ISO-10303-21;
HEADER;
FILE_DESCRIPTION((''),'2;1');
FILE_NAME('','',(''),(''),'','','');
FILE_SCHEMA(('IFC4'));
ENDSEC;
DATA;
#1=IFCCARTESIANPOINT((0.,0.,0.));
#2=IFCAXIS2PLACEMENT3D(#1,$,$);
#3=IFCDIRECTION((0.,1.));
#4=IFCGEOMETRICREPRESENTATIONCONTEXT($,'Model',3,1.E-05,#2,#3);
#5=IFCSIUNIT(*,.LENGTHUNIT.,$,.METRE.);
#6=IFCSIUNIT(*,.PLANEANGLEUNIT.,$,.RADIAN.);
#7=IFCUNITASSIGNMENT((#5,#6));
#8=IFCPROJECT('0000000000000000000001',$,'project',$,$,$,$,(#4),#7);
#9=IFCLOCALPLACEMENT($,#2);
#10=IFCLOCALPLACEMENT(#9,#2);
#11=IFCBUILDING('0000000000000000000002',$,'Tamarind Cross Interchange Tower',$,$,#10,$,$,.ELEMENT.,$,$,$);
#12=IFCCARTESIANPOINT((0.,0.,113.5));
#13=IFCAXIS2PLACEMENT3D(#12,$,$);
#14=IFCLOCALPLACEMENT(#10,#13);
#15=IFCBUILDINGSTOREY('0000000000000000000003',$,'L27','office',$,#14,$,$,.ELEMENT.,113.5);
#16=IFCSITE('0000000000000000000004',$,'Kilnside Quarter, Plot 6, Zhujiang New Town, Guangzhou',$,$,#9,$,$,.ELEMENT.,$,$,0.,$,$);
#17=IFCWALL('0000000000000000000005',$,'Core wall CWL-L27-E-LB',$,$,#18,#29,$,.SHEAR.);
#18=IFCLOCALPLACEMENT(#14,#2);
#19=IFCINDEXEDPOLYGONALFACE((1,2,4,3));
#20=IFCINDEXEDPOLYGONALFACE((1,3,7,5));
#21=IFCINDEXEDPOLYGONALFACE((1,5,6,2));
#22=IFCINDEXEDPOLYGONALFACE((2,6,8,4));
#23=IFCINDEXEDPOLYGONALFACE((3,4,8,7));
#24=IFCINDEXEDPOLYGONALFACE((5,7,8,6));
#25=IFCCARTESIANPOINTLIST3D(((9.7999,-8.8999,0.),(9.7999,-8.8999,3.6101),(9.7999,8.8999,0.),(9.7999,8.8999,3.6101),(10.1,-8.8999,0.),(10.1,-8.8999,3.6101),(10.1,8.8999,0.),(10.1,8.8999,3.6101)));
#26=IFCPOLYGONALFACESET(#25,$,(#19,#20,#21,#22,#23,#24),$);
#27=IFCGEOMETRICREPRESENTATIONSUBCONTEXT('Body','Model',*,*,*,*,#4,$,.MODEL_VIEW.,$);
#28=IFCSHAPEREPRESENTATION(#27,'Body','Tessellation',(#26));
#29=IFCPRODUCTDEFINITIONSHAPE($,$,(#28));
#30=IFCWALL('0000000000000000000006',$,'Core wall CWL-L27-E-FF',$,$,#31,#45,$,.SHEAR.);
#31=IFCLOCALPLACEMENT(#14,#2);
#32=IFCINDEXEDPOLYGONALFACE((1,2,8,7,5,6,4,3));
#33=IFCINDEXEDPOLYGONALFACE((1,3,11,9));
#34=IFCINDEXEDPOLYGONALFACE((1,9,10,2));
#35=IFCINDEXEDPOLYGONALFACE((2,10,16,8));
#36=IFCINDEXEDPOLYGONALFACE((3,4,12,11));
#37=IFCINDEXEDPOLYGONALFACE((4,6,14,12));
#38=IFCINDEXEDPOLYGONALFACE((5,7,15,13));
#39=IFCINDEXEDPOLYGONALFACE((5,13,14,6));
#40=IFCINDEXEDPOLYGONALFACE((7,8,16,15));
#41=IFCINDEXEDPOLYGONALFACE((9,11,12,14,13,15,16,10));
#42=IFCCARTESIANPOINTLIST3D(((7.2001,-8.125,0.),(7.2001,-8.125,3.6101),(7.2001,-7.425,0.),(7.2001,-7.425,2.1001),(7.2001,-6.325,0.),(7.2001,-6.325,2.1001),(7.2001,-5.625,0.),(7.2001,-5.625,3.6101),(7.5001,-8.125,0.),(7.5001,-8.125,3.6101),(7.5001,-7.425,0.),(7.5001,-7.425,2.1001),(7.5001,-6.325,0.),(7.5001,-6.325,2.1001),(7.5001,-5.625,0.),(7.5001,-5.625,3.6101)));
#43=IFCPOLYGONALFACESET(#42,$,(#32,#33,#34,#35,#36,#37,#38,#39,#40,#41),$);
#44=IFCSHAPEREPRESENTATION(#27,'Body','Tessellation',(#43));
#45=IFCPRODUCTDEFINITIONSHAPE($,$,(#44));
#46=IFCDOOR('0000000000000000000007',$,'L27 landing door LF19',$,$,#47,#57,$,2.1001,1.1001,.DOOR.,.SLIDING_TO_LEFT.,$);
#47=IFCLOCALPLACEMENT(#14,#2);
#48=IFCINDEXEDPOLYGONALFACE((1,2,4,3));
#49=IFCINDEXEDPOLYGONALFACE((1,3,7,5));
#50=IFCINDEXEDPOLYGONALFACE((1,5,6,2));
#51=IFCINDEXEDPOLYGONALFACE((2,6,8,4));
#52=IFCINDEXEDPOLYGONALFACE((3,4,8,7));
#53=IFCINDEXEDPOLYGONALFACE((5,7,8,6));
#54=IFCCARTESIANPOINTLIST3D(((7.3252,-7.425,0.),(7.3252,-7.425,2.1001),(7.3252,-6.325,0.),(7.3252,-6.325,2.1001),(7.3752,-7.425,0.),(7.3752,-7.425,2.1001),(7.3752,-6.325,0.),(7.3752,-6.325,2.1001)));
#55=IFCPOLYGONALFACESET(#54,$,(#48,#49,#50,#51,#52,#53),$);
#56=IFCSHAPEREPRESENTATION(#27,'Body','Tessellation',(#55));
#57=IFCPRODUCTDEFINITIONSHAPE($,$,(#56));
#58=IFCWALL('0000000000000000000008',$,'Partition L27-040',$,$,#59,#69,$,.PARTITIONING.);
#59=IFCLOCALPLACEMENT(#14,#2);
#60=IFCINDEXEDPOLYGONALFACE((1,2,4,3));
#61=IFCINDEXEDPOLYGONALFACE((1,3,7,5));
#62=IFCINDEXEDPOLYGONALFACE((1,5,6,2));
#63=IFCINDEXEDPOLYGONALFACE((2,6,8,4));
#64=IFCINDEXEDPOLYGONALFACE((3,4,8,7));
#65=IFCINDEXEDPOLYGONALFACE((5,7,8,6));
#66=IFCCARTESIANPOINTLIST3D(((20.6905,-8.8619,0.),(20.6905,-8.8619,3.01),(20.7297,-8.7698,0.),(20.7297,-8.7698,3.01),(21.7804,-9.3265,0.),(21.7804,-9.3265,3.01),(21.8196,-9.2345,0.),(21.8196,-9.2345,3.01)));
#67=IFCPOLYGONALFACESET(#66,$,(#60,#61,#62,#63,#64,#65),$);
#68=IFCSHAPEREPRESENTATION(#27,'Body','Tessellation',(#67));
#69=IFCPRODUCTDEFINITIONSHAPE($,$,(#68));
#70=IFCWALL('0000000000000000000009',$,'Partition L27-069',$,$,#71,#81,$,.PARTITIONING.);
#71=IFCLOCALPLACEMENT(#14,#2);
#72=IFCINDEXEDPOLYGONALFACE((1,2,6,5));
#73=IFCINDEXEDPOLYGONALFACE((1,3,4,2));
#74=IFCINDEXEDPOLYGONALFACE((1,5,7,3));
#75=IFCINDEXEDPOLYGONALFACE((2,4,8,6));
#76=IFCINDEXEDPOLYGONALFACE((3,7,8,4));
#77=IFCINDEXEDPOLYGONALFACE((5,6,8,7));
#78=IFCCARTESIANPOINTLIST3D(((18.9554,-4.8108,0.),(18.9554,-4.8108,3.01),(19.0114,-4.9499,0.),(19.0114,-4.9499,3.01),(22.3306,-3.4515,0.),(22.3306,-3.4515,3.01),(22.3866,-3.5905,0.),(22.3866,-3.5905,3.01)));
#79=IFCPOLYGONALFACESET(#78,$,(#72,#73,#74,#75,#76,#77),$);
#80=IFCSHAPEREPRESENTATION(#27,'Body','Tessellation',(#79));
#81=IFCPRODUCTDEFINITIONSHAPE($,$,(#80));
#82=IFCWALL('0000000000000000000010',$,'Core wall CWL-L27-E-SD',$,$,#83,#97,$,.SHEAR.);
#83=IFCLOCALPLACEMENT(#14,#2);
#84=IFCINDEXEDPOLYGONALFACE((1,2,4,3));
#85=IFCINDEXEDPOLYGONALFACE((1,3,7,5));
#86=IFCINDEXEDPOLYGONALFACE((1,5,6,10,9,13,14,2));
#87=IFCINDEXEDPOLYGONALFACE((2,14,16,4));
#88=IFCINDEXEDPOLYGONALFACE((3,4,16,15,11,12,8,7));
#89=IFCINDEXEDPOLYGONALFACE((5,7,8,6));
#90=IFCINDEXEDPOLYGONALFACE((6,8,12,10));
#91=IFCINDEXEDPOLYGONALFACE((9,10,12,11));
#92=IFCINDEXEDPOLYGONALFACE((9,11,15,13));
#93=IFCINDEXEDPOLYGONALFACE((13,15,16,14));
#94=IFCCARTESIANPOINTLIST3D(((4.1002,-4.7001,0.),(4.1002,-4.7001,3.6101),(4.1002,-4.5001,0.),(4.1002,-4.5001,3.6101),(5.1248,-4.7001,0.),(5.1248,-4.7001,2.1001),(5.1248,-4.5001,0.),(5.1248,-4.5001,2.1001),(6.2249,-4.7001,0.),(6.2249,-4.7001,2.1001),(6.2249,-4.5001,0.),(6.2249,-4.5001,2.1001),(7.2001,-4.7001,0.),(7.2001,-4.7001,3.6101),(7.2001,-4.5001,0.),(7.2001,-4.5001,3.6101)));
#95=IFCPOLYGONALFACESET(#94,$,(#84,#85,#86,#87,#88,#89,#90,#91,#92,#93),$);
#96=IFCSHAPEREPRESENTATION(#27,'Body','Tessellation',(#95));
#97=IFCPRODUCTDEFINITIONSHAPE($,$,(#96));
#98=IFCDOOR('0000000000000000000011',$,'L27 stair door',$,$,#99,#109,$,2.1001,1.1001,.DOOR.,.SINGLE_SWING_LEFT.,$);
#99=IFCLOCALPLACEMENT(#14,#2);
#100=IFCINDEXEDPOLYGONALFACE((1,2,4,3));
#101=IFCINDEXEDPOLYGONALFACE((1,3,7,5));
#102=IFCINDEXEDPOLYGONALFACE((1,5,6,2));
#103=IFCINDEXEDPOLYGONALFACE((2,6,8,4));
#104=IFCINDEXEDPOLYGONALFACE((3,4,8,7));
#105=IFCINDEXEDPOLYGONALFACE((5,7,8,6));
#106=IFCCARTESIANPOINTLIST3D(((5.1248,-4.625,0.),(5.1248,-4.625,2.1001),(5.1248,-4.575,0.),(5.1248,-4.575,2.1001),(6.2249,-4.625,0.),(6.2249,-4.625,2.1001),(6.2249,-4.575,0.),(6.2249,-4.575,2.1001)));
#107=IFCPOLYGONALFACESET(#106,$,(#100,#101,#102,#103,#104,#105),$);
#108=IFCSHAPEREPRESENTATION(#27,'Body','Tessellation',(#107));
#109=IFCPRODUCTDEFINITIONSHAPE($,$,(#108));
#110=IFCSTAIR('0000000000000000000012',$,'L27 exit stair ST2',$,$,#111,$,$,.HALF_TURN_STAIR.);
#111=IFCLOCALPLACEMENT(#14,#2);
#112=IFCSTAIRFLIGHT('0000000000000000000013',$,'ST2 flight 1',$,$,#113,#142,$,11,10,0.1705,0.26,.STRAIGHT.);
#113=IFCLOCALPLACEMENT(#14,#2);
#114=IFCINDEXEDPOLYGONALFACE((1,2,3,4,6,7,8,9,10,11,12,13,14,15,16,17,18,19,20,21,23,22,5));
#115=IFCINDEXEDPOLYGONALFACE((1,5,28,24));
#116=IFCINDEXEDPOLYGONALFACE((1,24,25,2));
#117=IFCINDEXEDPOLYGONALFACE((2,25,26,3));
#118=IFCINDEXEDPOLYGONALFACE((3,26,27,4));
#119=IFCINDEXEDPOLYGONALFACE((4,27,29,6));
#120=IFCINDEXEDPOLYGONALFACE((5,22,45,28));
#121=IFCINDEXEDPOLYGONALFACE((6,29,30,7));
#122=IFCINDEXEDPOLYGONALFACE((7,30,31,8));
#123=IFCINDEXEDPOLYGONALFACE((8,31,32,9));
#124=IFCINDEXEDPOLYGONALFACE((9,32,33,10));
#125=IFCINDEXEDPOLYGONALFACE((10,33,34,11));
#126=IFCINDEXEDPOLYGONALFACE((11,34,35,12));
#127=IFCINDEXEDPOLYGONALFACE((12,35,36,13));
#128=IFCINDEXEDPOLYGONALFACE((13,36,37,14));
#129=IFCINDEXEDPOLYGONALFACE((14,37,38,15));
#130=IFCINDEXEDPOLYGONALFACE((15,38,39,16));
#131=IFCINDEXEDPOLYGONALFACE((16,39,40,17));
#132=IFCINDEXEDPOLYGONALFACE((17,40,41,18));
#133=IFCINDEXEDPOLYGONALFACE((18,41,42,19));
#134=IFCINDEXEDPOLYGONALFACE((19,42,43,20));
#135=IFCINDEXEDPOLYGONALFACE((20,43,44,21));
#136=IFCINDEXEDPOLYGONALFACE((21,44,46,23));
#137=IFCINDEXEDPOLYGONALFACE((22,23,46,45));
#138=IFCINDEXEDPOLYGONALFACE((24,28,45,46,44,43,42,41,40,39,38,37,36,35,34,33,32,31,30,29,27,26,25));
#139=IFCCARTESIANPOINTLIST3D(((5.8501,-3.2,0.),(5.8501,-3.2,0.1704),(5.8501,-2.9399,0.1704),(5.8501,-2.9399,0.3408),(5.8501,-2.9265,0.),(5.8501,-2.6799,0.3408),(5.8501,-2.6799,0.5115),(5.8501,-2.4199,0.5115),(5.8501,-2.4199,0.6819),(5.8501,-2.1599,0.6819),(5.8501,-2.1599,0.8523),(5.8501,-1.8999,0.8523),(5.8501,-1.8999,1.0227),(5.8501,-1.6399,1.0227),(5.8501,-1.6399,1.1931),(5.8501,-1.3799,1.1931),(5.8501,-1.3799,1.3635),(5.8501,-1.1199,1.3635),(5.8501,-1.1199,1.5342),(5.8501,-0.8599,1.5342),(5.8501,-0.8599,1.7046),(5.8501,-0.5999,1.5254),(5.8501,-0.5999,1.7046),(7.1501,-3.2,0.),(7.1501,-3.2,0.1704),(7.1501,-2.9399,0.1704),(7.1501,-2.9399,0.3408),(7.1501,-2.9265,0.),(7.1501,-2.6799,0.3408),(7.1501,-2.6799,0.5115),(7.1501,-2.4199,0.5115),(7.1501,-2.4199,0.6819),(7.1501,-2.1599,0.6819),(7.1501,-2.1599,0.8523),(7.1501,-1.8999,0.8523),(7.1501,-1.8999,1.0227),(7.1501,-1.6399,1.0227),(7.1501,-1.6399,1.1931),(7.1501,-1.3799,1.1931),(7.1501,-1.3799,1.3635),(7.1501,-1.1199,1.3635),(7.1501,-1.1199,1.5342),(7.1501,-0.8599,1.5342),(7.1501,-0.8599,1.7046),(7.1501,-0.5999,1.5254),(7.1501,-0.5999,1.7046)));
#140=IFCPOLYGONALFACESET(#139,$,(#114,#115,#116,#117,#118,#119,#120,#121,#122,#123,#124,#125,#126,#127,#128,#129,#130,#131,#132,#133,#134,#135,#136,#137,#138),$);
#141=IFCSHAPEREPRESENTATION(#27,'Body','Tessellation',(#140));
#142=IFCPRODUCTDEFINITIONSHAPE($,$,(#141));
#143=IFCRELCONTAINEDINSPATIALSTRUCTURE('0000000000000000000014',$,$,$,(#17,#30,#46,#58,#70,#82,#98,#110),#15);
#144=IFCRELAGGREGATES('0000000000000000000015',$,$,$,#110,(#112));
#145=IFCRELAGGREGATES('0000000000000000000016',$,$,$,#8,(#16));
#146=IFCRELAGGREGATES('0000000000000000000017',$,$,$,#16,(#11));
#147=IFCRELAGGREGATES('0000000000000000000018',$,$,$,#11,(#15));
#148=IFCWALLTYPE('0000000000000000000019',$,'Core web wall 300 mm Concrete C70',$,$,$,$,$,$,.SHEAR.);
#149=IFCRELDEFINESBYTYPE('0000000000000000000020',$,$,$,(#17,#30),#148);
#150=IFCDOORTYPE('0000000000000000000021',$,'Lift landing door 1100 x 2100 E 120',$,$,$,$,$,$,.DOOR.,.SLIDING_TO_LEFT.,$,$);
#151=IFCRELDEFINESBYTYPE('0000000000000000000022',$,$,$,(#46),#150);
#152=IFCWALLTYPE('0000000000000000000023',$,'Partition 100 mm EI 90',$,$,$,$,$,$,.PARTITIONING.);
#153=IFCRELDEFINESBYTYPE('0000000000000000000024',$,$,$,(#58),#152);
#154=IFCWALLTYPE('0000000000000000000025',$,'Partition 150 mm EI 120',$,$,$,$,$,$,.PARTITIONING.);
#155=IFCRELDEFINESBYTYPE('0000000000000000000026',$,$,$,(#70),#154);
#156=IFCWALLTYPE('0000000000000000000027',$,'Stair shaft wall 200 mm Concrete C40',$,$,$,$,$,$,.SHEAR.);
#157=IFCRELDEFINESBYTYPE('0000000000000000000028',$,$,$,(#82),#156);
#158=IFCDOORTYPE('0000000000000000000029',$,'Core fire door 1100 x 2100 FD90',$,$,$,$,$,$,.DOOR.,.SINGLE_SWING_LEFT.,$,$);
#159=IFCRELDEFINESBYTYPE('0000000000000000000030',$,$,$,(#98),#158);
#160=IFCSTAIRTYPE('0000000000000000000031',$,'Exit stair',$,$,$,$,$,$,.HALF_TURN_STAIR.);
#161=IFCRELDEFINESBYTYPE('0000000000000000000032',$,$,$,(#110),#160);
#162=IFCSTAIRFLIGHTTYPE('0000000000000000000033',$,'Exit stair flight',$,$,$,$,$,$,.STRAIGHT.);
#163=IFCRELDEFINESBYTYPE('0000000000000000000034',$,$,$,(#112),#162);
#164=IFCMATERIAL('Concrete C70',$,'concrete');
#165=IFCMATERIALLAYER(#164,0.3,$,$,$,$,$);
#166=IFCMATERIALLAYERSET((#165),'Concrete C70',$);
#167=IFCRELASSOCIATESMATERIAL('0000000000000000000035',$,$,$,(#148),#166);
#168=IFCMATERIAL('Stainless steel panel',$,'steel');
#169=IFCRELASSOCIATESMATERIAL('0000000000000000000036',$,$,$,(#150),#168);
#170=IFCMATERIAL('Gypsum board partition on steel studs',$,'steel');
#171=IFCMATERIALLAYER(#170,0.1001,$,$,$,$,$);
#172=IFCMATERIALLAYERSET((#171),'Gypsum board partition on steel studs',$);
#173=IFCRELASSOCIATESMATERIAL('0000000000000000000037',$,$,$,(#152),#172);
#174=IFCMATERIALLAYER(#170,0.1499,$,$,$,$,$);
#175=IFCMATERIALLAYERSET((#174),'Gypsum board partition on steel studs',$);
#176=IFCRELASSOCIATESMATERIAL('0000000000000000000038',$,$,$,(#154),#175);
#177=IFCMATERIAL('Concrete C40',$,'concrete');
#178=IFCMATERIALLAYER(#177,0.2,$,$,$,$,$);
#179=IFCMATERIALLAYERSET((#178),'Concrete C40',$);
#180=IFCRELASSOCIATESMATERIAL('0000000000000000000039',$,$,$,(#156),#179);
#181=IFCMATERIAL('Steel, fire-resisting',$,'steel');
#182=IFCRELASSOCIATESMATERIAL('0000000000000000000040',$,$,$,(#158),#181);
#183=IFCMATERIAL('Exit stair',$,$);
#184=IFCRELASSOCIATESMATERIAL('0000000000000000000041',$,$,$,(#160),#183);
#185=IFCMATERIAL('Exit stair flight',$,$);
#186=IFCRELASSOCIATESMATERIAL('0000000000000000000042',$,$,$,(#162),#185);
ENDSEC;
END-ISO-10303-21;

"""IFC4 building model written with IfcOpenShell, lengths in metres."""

from ifc_helpers import new_model, si_unit, direction, frame, frame_2d, origin, place, context, subcontext, project, spatial, polyline, rectangle, outline, extrude, material, layer, layer_set, type_object, element, fill, aggregate, save


model = new_model("IFC4")

# Units and contexts
model_context = context("Model", 3, precision=1e-05, world=origin(), true_north=direction((0.0, 1.0)))
body_context = subcontext(model_context, "Body", "Model", "MODEL_VIEW")
ifc_project = project(units=[si_unit("LENGTHUNIT", "METRE"), si_unit("PLANEANGLEUNIT", "RADIAN")], contexts=[model_context])

# Site, building, storey
site_placement = place(None, origin())
site = spatial("IfcSite", under=ifc_project, at=site_placement, Name="Kilnside Quarter, Plot 6, Zhujiang New Town, Guangzhou", CompositionType="ELEMENT", RefElevation=0.0)
building_placement = place(site_placement, origin())
building = spatial("IfcBuilding", under=site, at=building_placement, Name="Tamarind Cross Interchange Tower", CompositionType="ELEMENT")
storey_placement = place(building_placement, frame((0.0, 0.0, 113.5)))
storey = spatial("IfcBuildingStorey", under=building, at=storey_placement, Name="L27", Description="office", CompositionType="ELEMENT", Elevation=113.5)

# Shared definitions
ifc_material_1 = material(Name="Concrete C70", Category="concrete")
ifc_layer_1 = layer(ifc_material_1, 0.3)
ifc_layer_set_1 = layer_set([ifc_layer_1], Name="Concrete C70")
wall_type_1 = type_object("IfcWallType", Name="Core web wall 300 mm Concrete C70", PredefinedType="SHEAR", material=ifc_layer_set_1)

# Shared definitions
ifc_material_2 = material(Name="Stainless steel panel", Category="steel")
door_type_1 = type_object("IfcDoorType", Name="Lift landing door 1100 x 2100 E 120", OperationType="SLIDING_TO_LEFT", PredefinedType="DOOR", material=ifc_material_2)

# Wall
wall_1_placement = place(storey_placement, frame((9.95, -8.8999, 0.0), z_axis=(0.0, 0.0, 1.0), x_axis=(0.0, 1.0, 0.0)))
element("IfcWall", 1, at=wall_1_placement, inside=storey, type_object=wall_type_1, Name="Core wall CWL-L27-E-LB", PredefinedType="SHEAR", context=body_context, shape_type="SweptSolid", body=[
    extrude(rectangle(XDim=17.7998, YDim=0.3, at=frame_2d((8.8999, 0.0))), origin(), (0.0, 0.0, 1.0), 3.6101),
])

# Wall, opening, door
wall_2_placement = place(storey_placement, frame((7.3501, -8.125, 0.0), z_axis=(0.0, 0.0, 1.0), x_axis=(0.0, 1.0, 0.0)))
wall_2 = element("IfcWall", 2, at=wall_2_placement, inside=storey, type_object=wall_type_1, Name="Core wall CWL-L27-E-FF", PredefinedType="SHEAR", context=body_context, shape_type="SweptSolid", body=[
    extrude(rectangle(XDim=2.5, YDim=0.3, at=frame_2d((1.25, 0.0))), origin(), (0.0, 0.0, 1.0), 3.6101),
])
opening_1_placement = place(wall_2_placement, frame((0.7, 0.0, 0.0)))
opening_1 = element("IfcOpeningElement", 3, at=opening_1_placement, cuts=wall_2, PredefinedType="OPENING", context=body_context, shape_type="SweptSolid", body=[
    extrude(rectangle(XDim=1.1001, YDim=2.1001, at=frame_2d((0.55, 1.05))), frame((0.0, 0.1599, 0.0), z_axis=(0.0, -1.0, 0.0), x_axis=(1.0, 0.0, 0.0)), (0.0, 0.0, 1.0), 0.3201),
])
door_1_placement = place(opening_1_placement, origin())
door_1 = element("IfcDoor", 4, at=door_1_placement, inside=storey, type_object=door_type_1, Name="L27 landing door LF19", OperationType="SLIDING_TO_LEFT", OverallHeight=2.1001, OverallWidth=1.1001, PredefinedType="DOOR", context=body_context, shape_type="SweptSolid", body=[
    extrude(rectangle(XDim=1.1001, YDim=2.1001, at=frame_2d((0.55, 1.05))), frame((0.0, 0.0249, 0.0), z_axis=(0.0, -1.0, 0.0), x_axis=(1.0, 0.0, 0.0)), (0.0, 0.0, 1.0), 0.05),
])
fill(opening_1, door_1)

# Walls
ifc_material_3 = material(Name="Gypsum board partition on steel studs", Category="steel")
ifc_layer_2 = layer(ifc_material_3, 0.1001)
ifc_layer_set_2 = layer_set([ifc_layer_2], Name="Gypsum board partition on steel studs")
wall_type_2 = type_object("IfcWallType", Name="Partition 100 mm EI 90", PredefinedType="PARTITIONING", material=ifc_layer_set_2)
wall_3_placement = place(storey_placement, frame((20.7102, -8.8159, 0.0), z_axis=(0.0, 0.0, 1.0), x_axis=(0.9199, -0.392153, 0.0)))
element("IfcWall", 5, at=wall_3_placement, inside=storey, type_object=wall_type_2, Name="Partition L27-040", PredefinedType="PARTITIONING", context=body_context, shape_type="SweptSolid", body=[
    extrude(rectangle(XDim=1.1848, YDim=0.1001, at=frame_2d((0.5923, 0.0))), origin(), (0.0, 0.0, 1.0), 3.01),
])
ifc_layer_3 = layer(ifc_material_3, 0.1499)
ifc_layer_set_3 = layer_set([ifc_layer_3], Name="Gypsum board partition on steel studs")
wall_type_3 = type_object("IfcWallType", Name="Partition 150 mm EI 120", PredefinedType="PARTITIONING", material=ifc_layer_set_3)
wall_4_placement = place(storey_placement, frame((18.9834, -4.8804, 0.0), z_axis=(0.0, 0.0, 1.0), x_axis=(0.927595, 0.373588, 0.0)))
element("IfcWall", 6, at=wall_4_placement, inside=storey, type_object=wall_type_3, Name="Partition L27-069", PredefinedType="PARTITIONING", context=body_context, shape_type="SweptSolid", body=[
    extrude(rectangle(XDim=3.6387, YDim=0.1499, at=frame_2d((1.8193, 0.0))), origin(), (0.0, 0.0, 1.0), 3.01),
])

# Wall, opening, door
ifc_material_4 = material(Name="Concrete C40", Category="concrete")
ifc_layer_4 = layer(ifc_material_4, 0.2)
ifc_layer_set_4 = layer_set([ifc_layer_4], Name="Concrete C40")
wall_type_4 = type_object("IfcWallType", Name="Stair shaft wall 200 mm Concrete C40", PredefinedType="SHEAR", material=ifc_layer_set_4)
wall_5_placement = place(storey_placement, frame((7.2, -4.6001, 0.0), z_axis=(0.0, 0.0, 1.0), x_axis=(-1.0, 0.0, 0.0)))
wall_5 = element("IfcWall", 7, at=wall_5_placement, inside=storey, type_object=wall_type_4, Name="Core wall CWL-L27-E-SD", PredefinedType="SHEAR", context=body_context, shape_type="SweptSolid", body=[
    extrude(rectangle(XDim=3.0999, YDim=0.2, at=frame_2d((1.5498, 0.0))), origin(), (0.0, 0.0, 1.0), 3.6101),
])
opening_2_placement = place(wall_5_placement, frame((0.9751, 0.0, 0.0)))
opening_2 = element("IfcOpeningElement", 8, at=opening_2_placement, cuts=wall_5, PredefinedType="OPENING", context=body_context, shape_type="SweptSolid", body=[
    extrude(rectangle(XDim=1.1001, YDim=2.1001, at=frame_2d((0.55, 1.05))), frame((0.0, 0.1099, 0.0), z_axis=(0.0, -1.0, 0.0), x_axis=(1.0, 0.0, 0.0)), (0.0, 0.0, 1.0), 0.22),
])
ifc_material_5 = material(Name="Steel, fire-resisting", Category="steel")
door_type_2 = type_object("IfcDoorType", Name="Core fire door 1100 x 2100 FD90", OperationType="SINGLE_SWING_LEFT", PredefinedType="DOOR", material=ifc_material_5)
door_2_placement = place(opening_2_placement, origin())
door_2 = element("IfcDoor", 9, at=door_2_placement, inside=storey, type_object=door_type_2, Name="L27 stair door", OperationType="SINGLE_SWING_LEFT", OverallHeight=2.1001, OverallWidth=1.1001, PredefinedType="DOOR", context=body_context, shape_type="SweptSolid", body=[
    extrude(rectangle(XDim=1.1001, YDim=2.1001, at=frame_2d((0.55, 1.05))), frame((0.0, 0.0249, 0.0), z_axis=(0.0, -1.0, 0.0), x_axis=(1.0, 0.0, 0.0)), (0.0, 0.0, 1.0), 0.05),
])
fill(opening_2, door_2)

# Stair, stair flight
ifc_material_6 = material(Name="Exit stair")
stair_type = type_object("IfcStairType", Name="Exit stair", PredefinedType="HALF_TURN_STAIR", material=ifc_material_6)
stair_placement = place(storey_placement, origin())
stair = element("IfcStair", 10, at=stair_placement, inside=storey, type_object=stair_type, Name="L27 exit stair ST2", PredefinedType="HALF_TURN_STAIR")
ifc_material_7 = material(Name="Exit stair flight")
stair_flight_type = type_object("IfcStairFlightType", Name="Exit stair flight", PredefinedType="STRAIGHT", material=ifc_material_7)
stair_flight_1_placement = place(storey_placement, frame((6.5, -3.2, 0.0), z_axis=(0.0, 0.0, 1.0), x_axis=(0.0, 1.0, 0.0)))
stair_flight_1 = element("IfcStairFlight", 11, at=stair_flight_1_placement, type_object=stair_flight_type, Name="ST2 flight 1", NumberOfRisers=11, NumberOfTreads=10, PredefinedType="STRAIGHT", RiserHeight=0.1705, TreadLength=0.26, context=body_context, shape_type="SweptSolid", body=[
    extrude(outline(polyline([(0.0, 0.0), (0.0, 0.1704), (0.26, 0.1704), (0.26, 0.3408), (0.52, 0.3408), (0.52, 0.5115), (0.78, 0.5115), (0.78, 0.6819), (1.04, 0.6819), (1.04, 0.8523), (1.3, 0.8523), (1.3, 1.0227), (1.5601, 1.0227), (1.5601, 1.1931), (1.8201, 1.1931), (1.8201, 1.3635), (2.0801, 1.3635), (2.0801, 1.5342), (2.3401, 1.5342), (2.3401, 1.7046), (2.6001, 1.7046), (2.6001, 1.875), (2.6001, 1.5254), (0.2734, 0.0), (0.0, 0.0)])), frame((0.0, 0.6499, 0.0), z_axis=(0.0, -1.0, 0.0), x_axis=(1.0, 0.0, 0.0)), (0.0, 0.0, 1.0), 1.3),
])
aggregate(stair, [stair_flight_1])

save(model, "model.ifc")
